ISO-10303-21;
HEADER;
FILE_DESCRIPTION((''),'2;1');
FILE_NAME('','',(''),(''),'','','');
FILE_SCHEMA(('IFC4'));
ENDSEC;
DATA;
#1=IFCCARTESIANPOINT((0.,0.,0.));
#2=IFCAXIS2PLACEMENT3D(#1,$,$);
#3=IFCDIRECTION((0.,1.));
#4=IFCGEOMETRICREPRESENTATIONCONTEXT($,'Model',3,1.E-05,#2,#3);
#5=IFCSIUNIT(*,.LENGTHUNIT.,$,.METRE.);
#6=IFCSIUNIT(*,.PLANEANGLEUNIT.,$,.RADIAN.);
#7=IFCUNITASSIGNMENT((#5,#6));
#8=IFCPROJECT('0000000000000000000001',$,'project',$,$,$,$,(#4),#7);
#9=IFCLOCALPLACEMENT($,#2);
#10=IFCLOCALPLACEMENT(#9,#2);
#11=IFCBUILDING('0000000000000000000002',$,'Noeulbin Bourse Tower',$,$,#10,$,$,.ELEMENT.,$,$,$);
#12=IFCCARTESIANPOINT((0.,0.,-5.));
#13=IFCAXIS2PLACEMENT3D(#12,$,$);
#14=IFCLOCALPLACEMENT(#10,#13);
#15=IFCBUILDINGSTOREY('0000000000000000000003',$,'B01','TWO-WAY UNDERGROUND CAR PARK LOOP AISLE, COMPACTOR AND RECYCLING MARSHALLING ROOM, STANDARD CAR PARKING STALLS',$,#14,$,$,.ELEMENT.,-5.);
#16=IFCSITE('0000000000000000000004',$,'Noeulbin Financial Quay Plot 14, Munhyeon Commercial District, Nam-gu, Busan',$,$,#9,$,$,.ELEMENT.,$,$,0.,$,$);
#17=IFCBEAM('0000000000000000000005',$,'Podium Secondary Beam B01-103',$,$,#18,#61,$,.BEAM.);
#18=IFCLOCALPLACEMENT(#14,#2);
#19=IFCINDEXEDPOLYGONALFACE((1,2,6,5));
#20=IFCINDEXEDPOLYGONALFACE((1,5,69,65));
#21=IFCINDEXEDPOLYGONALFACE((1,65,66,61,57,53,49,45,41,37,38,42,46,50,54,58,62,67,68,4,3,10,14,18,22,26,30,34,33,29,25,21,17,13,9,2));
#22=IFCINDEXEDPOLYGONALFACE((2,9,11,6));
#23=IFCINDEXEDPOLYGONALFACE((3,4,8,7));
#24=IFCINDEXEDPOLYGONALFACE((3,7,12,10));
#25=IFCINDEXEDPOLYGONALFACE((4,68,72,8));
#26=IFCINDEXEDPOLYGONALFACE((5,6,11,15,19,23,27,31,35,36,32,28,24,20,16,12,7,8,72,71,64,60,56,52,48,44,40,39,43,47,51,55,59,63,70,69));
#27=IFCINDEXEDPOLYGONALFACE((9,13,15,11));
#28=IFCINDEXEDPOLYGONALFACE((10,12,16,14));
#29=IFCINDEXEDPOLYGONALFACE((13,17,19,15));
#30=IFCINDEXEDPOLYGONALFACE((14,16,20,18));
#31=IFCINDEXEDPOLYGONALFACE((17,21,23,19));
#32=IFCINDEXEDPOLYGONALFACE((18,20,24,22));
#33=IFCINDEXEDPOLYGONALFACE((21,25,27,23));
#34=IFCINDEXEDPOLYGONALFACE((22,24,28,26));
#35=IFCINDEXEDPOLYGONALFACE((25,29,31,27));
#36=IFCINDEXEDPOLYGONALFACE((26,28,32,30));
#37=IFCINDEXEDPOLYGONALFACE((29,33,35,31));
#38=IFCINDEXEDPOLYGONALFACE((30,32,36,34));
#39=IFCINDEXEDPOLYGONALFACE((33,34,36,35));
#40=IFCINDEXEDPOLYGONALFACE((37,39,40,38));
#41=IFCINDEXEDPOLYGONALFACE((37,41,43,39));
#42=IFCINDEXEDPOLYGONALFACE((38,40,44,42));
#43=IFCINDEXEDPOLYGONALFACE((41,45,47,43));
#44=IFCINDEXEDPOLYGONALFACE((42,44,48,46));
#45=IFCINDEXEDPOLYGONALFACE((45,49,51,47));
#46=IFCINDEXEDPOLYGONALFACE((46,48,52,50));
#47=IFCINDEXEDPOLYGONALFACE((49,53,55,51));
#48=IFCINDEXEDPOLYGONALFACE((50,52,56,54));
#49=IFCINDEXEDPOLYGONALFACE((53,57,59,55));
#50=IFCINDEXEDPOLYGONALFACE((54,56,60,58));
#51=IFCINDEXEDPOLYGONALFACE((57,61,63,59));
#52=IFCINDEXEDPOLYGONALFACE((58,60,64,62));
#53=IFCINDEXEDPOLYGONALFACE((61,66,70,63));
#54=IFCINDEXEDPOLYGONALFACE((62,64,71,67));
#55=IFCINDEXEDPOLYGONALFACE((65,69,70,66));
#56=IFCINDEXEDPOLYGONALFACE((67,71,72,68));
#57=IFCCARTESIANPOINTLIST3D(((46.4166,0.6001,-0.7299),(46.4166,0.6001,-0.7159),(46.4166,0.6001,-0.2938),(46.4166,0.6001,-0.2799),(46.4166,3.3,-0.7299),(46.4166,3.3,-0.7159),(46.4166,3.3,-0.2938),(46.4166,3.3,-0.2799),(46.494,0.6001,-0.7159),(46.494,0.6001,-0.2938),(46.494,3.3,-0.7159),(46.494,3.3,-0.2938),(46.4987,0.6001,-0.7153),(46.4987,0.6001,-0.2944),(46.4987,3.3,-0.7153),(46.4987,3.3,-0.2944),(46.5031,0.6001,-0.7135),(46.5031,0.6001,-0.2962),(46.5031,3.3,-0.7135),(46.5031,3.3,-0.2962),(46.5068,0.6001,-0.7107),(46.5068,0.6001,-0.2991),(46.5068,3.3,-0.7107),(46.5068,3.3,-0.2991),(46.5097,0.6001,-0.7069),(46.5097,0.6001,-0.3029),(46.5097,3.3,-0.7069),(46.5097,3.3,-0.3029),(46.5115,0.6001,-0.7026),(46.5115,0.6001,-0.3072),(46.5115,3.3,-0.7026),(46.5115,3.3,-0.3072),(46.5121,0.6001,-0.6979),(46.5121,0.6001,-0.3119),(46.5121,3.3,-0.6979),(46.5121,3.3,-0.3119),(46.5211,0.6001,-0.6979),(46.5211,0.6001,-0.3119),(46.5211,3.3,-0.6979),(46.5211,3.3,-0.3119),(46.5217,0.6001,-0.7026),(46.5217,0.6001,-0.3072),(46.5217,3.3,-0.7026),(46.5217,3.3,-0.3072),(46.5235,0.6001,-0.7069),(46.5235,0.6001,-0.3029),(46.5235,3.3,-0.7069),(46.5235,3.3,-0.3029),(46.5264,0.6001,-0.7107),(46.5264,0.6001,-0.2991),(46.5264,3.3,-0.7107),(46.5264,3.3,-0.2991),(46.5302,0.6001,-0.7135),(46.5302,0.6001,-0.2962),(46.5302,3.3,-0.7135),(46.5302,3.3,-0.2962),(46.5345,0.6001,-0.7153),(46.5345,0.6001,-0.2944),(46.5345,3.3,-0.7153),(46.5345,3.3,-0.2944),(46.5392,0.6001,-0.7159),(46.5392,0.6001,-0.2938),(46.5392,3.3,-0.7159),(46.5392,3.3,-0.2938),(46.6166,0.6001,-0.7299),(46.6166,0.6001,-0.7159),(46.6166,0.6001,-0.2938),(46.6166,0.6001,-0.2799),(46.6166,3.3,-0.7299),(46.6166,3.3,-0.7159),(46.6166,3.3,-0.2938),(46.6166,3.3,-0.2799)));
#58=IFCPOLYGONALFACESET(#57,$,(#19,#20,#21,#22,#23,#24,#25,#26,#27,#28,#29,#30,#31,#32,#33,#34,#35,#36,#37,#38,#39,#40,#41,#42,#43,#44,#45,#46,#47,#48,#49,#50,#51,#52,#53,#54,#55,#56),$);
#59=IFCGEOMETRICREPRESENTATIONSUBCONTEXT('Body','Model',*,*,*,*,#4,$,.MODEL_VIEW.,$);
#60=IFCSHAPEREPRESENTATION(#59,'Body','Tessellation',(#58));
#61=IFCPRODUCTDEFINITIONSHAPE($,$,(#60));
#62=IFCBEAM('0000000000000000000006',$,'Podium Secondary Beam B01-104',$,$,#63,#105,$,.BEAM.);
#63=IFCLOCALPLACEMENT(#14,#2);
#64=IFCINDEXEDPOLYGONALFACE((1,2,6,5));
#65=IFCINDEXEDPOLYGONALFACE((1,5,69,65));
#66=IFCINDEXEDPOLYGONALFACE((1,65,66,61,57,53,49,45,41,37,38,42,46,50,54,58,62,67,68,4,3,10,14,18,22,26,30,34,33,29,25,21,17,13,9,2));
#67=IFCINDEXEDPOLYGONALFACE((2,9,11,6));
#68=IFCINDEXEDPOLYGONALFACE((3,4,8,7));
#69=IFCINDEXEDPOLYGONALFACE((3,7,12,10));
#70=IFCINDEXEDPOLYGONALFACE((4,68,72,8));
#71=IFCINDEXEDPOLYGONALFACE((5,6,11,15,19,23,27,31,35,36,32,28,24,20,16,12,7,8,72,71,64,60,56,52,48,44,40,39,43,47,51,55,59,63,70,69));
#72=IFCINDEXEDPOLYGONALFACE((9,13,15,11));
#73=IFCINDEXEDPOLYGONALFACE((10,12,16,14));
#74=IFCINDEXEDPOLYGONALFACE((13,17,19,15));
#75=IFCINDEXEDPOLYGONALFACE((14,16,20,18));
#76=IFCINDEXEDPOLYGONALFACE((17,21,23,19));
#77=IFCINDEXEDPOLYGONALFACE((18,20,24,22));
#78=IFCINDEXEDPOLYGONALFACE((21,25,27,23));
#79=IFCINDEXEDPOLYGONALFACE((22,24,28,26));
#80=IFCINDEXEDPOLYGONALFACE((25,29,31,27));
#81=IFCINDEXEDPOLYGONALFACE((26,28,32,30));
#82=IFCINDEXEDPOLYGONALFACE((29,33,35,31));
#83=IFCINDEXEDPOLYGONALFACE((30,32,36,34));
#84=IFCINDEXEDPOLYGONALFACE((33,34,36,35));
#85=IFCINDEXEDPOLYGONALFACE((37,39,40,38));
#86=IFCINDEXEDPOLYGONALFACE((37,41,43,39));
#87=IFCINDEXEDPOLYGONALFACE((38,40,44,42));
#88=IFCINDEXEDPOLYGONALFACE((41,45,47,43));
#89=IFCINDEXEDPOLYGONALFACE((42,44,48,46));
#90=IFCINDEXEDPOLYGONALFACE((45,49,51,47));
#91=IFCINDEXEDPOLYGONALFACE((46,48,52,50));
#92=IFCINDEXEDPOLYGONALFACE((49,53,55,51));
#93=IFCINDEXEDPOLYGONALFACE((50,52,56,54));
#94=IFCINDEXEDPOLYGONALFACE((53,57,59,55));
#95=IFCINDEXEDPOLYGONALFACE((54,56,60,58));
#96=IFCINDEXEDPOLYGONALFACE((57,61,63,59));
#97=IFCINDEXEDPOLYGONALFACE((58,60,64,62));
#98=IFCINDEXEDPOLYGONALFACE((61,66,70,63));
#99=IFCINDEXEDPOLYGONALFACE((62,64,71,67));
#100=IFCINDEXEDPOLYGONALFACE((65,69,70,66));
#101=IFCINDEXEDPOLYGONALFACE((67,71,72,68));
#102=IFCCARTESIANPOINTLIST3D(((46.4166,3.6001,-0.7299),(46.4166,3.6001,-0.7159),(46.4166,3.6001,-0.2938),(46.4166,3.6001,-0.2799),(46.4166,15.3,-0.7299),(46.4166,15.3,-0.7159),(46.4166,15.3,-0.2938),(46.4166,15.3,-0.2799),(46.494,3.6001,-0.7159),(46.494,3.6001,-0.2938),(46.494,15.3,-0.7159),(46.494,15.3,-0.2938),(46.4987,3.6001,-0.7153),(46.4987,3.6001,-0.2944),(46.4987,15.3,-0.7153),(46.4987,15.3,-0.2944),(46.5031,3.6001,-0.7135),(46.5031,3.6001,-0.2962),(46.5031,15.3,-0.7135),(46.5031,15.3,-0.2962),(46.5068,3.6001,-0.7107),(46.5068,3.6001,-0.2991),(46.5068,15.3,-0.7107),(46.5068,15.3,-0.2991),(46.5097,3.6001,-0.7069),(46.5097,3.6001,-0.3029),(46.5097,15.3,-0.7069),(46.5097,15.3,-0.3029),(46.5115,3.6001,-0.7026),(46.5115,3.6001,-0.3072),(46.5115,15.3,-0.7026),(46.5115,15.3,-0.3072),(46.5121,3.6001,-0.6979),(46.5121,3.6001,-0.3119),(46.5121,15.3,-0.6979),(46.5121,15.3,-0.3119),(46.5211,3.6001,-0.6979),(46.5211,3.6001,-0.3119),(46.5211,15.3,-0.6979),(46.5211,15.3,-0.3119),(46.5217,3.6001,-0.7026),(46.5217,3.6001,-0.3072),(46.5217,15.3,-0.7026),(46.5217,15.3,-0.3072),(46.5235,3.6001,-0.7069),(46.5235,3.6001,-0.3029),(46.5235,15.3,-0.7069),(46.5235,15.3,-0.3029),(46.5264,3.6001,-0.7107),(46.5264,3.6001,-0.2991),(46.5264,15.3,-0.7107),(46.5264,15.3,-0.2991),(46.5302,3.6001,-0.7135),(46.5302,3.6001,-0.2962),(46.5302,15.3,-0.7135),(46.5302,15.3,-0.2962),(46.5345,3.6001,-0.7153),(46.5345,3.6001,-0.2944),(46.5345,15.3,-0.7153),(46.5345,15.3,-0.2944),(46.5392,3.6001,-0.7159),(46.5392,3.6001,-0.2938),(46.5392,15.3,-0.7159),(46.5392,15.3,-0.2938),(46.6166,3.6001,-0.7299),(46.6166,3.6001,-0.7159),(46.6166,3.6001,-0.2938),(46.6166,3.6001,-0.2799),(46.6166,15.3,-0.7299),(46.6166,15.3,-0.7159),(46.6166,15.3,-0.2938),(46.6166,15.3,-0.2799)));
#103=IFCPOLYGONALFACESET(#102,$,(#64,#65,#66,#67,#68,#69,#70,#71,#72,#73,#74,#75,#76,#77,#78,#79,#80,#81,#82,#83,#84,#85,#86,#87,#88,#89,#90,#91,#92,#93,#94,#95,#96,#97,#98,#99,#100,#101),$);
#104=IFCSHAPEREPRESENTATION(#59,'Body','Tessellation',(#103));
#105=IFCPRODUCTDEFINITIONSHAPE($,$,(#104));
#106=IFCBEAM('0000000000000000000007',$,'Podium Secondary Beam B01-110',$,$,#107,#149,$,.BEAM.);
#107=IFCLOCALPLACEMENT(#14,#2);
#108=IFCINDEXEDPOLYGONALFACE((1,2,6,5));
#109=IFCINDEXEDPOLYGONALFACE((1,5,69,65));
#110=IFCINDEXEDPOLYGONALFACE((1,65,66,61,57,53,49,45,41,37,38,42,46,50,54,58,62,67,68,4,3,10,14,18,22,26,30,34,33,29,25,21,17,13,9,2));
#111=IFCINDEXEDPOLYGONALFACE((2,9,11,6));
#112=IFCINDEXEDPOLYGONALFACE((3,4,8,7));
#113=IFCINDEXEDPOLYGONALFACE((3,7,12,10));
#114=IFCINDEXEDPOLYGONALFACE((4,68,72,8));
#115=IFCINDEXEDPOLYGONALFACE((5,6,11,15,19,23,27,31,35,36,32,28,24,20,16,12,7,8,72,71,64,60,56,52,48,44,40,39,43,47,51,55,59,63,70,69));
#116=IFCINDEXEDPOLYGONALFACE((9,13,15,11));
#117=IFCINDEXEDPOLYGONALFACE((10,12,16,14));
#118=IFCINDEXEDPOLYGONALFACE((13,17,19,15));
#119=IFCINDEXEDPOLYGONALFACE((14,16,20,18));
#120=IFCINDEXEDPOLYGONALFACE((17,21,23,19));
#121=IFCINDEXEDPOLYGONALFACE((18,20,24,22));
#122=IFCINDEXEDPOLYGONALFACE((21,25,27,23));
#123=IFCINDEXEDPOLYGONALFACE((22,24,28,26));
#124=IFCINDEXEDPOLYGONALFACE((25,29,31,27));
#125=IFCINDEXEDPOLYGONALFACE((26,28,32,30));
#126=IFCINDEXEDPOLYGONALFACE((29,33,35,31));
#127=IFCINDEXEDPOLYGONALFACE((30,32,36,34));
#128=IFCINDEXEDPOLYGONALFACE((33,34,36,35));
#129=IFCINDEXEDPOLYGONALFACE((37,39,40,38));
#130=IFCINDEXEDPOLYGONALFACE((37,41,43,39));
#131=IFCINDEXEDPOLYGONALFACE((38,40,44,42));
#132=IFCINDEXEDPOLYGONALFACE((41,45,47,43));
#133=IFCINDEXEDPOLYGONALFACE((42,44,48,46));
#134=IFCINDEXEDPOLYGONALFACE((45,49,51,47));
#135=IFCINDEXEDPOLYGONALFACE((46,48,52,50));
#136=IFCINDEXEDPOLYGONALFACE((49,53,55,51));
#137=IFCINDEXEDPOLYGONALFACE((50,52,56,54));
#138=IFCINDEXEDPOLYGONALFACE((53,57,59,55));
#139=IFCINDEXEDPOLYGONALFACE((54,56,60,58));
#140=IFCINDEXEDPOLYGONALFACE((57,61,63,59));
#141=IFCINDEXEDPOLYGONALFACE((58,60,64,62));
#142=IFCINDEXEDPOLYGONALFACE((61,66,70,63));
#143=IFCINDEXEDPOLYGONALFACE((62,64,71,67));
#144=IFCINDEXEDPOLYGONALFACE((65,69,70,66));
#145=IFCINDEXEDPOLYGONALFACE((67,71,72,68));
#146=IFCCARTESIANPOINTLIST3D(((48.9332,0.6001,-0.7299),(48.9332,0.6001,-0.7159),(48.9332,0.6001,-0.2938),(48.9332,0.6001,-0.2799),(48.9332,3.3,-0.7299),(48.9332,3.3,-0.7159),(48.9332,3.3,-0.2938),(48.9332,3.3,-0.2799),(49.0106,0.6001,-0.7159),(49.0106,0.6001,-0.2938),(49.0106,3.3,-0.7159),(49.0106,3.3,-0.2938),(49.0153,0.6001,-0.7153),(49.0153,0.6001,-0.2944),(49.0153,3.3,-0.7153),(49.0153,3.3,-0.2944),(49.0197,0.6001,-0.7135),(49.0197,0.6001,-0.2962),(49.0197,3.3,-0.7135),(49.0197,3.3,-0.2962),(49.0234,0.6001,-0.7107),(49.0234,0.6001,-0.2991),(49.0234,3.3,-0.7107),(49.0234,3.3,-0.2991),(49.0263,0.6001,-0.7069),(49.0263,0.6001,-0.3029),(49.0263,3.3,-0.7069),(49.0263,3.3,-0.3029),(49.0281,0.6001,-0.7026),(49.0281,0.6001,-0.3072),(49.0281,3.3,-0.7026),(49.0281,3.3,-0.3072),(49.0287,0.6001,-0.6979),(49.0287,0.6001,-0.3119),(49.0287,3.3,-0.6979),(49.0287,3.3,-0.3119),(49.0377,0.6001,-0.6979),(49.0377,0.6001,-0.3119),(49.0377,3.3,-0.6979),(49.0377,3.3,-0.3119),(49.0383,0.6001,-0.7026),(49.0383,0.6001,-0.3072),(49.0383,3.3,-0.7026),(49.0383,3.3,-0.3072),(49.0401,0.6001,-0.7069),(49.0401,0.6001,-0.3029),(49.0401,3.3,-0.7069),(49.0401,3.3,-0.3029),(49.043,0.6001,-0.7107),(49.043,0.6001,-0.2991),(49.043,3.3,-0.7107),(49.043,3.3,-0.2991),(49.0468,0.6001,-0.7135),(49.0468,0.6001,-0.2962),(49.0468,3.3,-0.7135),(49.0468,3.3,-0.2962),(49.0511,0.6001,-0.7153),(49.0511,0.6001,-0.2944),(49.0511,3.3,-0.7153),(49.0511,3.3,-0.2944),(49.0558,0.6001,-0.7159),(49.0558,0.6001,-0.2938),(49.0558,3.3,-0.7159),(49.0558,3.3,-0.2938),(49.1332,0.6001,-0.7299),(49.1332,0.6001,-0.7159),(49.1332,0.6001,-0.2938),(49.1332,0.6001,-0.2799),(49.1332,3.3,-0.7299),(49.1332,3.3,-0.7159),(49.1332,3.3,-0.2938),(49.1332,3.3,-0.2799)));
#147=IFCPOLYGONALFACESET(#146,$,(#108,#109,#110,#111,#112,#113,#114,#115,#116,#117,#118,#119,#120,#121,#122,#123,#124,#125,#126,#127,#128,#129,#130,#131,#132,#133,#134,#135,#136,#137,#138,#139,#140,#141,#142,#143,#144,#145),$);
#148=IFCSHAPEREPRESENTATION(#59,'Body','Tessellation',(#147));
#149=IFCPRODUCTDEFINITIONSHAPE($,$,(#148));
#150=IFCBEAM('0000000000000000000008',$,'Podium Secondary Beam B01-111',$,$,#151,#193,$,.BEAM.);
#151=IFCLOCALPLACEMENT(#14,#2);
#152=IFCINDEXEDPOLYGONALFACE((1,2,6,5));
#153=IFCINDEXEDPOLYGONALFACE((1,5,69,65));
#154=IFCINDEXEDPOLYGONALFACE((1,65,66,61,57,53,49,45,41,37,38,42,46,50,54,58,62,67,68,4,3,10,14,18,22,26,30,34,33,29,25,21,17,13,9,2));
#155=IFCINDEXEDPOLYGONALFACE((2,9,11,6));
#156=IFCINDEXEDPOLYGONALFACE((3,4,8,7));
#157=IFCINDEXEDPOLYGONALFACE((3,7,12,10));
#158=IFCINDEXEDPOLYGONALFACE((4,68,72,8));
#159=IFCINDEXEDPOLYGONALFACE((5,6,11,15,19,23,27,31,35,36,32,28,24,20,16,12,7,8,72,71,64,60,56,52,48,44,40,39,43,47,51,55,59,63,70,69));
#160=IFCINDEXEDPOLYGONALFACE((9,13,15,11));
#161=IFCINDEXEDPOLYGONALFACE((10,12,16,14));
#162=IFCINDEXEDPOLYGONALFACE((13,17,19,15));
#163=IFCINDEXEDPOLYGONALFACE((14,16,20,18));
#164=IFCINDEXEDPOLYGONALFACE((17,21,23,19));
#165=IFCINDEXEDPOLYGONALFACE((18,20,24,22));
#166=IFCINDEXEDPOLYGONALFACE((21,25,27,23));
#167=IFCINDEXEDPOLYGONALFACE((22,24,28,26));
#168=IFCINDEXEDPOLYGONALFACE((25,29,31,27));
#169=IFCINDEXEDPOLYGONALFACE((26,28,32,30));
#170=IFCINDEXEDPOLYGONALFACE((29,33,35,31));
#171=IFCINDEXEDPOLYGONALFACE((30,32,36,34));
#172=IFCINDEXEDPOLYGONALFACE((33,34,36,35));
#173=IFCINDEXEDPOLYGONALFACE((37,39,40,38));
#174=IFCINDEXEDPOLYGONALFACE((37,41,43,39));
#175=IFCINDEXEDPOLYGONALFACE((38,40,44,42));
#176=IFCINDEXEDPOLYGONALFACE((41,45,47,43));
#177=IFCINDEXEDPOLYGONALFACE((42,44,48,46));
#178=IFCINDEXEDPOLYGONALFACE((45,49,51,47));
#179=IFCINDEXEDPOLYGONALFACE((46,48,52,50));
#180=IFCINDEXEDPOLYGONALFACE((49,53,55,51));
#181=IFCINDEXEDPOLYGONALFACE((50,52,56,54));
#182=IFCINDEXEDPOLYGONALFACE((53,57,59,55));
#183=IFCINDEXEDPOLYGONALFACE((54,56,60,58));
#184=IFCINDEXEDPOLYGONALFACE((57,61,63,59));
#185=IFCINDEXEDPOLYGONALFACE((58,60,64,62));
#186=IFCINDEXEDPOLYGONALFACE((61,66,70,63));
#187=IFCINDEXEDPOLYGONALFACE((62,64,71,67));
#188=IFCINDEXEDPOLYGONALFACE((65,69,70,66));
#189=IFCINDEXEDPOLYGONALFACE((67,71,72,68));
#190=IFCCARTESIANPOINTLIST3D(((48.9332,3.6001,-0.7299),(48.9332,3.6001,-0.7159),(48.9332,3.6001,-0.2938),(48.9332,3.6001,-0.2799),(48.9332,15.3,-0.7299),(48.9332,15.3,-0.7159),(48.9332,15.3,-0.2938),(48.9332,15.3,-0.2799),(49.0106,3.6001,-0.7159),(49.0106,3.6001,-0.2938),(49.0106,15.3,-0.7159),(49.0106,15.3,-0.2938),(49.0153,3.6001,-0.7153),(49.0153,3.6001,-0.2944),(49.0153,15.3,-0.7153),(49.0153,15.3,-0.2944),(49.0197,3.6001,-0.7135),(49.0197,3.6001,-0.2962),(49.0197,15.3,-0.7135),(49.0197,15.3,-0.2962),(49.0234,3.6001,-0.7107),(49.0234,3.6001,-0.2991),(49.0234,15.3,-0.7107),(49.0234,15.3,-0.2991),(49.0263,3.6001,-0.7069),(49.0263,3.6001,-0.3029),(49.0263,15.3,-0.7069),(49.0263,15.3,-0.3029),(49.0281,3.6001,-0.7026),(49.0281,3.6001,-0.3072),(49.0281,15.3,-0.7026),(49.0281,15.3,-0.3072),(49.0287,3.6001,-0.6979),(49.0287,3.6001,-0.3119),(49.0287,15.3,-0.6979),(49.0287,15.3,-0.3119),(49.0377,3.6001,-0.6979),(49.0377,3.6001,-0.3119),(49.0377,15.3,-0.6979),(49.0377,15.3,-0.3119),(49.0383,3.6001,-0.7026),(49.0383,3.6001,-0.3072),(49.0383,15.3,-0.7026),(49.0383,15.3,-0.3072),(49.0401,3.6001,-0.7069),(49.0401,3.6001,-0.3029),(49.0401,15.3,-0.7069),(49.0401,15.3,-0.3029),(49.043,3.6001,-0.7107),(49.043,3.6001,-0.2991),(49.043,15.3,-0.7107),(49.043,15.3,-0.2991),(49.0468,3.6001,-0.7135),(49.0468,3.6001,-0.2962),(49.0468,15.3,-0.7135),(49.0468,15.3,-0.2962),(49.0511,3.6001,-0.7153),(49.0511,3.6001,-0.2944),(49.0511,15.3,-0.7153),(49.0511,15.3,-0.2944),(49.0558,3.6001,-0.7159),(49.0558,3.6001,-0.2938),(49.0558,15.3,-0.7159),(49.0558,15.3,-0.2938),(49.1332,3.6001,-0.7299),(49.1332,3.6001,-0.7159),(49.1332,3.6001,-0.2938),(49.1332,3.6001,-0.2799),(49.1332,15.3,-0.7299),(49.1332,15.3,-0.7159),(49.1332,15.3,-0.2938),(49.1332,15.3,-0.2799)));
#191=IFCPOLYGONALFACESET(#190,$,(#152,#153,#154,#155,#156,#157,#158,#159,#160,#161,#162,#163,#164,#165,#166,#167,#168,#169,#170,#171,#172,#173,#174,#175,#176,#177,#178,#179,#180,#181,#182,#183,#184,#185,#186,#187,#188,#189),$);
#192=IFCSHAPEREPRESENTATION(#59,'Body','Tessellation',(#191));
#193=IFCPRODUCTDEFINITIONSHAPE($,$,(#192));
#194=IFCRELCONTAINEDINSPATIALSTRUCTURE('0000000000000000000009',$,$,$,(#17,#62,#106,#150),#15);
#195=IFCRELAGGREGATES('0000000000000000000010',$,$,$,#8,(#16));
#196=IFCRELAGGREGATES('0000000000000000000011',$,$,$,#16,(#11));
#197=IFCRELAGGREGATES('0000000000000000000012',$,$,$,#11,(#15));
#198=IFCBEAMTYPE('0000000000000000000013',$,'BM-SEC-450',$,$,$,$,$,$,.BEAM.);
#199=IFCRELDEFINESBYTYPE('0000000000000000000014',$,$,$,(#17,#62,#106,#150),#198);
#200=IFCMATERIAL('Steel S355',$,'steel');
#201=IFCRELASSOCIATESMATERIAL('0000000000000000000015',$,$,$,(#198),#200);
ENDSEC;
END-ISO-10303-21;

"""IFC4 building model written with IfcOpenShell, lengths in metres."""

from ifc_helpers import new_model, si_unit, direction, frame, origin, origin_2d, place, context, subcontext, project, spatial, i_section, extrude, material, material_profile, profile_set, type_object, element, save


model = new_model("IFC4")

# Units and contexts
model_context = context("Model", 3, precision=1e-05, world=origin(), true_north=direction((0.0, 1.0)))
body_context = subcontext(model_context, "Body", "Model", "MODEL_VIEW")
ifc_project = project(units=[si_unit("LENGTHUNIT", "METRE"), si_unit("PLANEANGLEUNIT", "RADIAN")], contexts=[model_context])

# Site, building, storey
site_placement = place(None, origin())
site = spatial("IfcSite", under=ifc_project, at=site_placement, Name="Noeulbin Financial Quay Plot 14, Munhyeon Commercial District, Nam-gu, Busan", CompositionType="ELEMENT", RefElevation=0.0)
building_placement = place(site_placement, origin())
building = spatial("IfcBuilding", under=site, at=building_placement, Name="Noeulbin Bourse Tower", CompositionType="ELEMENT")
storey_placement = place(building_placement, frame((0.0, 0.0, -5.0)))
storey = spatial("IfcBuildingStorey", under=building, at=storey_placement, Name="B01", Description="TWO-WAY UNDERGROUND CAR PARK LOOP AISLE, COMPACTOR AND RECYCLING MARSHALLING ROOM, STANDARD CAR PARKING STALLS", CompositionType="ELEMENT", Elevation=-5.0)

# Beams
ifc_material_1 = material(Name="Steel S355", Category="steel")
ifc_material_profile_1 = material_profile(ifc_material_1, i_section(OverallWidth=0.2, OverallDepth=0.45, WebThickness=0.009, FlangeThickness=0.0139, FilletRadius=0.0181, at=origin_2d()), Name="H-450x200x9x14", Category="LoadBearing")
ifc_profile_set_1 = profile_set([ifc_material_profile_1], Name="Steel S355")
beam_type_1 = type_object("IfcBeamType", Name="BM-SEC-450", PredefinedType="BEAM", material=ifc_profile_set_1)
beam_1_placement = place(storey_placement, frame((46.5166, 0.6001, -0.5049), z_axis=(0.0, 1.0, 0.0), x_axis=(-1.0, 0.0, 0.0)))
element("IfcBeam", 1, at=beam_1_placement, inside=storey, type_object=beam_type_1, Name="Podium Secondary Beam B01-103", PredefinedType="BEAM", context=body_context, shape_type="SweptSolid", body=[
    extrude(i_section(OverallWidth=0.2, OverallDepth=0.45, WebThickness=0.009, FlangeThickness=0.0139, FilletRadius=0.0181, at=origin_2d()), origin(), (0.0, 0.0, 1.0), 2.7),
])
beam_2_placement = place(storey_placement, frame((46.5166, 3.6001, -0.5049), z_axis=(0.0, 1.0, 0.0), x_axis=(-1.0, 0.0, 0.0)))
element("IfcBeam", 2, at=beam_2_placement, inside=storey, type_object=beam_type_1, Name="Podium Secondary Beam B01-104", PredefinedType="BEAM", context=body_context, shape_type="SweptSolid", body=[
    extrude(i_section(OverallWidth=0.2, OverallDepth=0.45, WebThickness=0.009, FlangeThickness=0.0139, FilletRadius=0.0181, at=origin_2d()), origin(), (0.0, 0.0, 1.0), 11.7),
])
beam_3_placement = place(storey_placement, frame((49.0332, 0.6001, -0.5049), z_axis=(0.0, 1.0, 0.0), x_axis=(-1.0, 0.0, 0.0)))
element("IfcBeam", 3, at=beam_3_placement, inside=storey, type_object=beam_type_1, Name="Podium Secondary Beam B01-110", PredefinedType="BEAM", context=body_context, shape_type="SweptSolid", body=[
    extrude(i_section(OverallWidth=0.2, OverallDepth=0.45, WebThickness=0.009, FlangeThickness=0.0139, FilletRadius=0.0181, at=origin_2d()), origin(), (0.0, 0.0, 1.0), 2.7),
])
beam_4_placement = place(storey_placement, frame((49.0332, 3.6001, -0.5049), z_axis=(0.0, 1.0, 0.0), x_axis=(-1.0, 0.0, 0.0)))
element("IfcBeam", 4, at=beam_4_placement, inside=storey, type_object=beam_type_1, Name="Podium Secondary Beam B01-111", PredefinedType="BEAM", context=body_context, shape_type="SweptSolid", body=[
    extrude(i_section(OverallWidth=0.2, OverallDepth=0.45, WebThickness=0.009, FlangeThickness=0.0139, FilletRadius=0.0181, at=origin_2d()), origin(), (0.0, 0.0, 1.0), 11.7),
])

save(model, "model.ifc")
